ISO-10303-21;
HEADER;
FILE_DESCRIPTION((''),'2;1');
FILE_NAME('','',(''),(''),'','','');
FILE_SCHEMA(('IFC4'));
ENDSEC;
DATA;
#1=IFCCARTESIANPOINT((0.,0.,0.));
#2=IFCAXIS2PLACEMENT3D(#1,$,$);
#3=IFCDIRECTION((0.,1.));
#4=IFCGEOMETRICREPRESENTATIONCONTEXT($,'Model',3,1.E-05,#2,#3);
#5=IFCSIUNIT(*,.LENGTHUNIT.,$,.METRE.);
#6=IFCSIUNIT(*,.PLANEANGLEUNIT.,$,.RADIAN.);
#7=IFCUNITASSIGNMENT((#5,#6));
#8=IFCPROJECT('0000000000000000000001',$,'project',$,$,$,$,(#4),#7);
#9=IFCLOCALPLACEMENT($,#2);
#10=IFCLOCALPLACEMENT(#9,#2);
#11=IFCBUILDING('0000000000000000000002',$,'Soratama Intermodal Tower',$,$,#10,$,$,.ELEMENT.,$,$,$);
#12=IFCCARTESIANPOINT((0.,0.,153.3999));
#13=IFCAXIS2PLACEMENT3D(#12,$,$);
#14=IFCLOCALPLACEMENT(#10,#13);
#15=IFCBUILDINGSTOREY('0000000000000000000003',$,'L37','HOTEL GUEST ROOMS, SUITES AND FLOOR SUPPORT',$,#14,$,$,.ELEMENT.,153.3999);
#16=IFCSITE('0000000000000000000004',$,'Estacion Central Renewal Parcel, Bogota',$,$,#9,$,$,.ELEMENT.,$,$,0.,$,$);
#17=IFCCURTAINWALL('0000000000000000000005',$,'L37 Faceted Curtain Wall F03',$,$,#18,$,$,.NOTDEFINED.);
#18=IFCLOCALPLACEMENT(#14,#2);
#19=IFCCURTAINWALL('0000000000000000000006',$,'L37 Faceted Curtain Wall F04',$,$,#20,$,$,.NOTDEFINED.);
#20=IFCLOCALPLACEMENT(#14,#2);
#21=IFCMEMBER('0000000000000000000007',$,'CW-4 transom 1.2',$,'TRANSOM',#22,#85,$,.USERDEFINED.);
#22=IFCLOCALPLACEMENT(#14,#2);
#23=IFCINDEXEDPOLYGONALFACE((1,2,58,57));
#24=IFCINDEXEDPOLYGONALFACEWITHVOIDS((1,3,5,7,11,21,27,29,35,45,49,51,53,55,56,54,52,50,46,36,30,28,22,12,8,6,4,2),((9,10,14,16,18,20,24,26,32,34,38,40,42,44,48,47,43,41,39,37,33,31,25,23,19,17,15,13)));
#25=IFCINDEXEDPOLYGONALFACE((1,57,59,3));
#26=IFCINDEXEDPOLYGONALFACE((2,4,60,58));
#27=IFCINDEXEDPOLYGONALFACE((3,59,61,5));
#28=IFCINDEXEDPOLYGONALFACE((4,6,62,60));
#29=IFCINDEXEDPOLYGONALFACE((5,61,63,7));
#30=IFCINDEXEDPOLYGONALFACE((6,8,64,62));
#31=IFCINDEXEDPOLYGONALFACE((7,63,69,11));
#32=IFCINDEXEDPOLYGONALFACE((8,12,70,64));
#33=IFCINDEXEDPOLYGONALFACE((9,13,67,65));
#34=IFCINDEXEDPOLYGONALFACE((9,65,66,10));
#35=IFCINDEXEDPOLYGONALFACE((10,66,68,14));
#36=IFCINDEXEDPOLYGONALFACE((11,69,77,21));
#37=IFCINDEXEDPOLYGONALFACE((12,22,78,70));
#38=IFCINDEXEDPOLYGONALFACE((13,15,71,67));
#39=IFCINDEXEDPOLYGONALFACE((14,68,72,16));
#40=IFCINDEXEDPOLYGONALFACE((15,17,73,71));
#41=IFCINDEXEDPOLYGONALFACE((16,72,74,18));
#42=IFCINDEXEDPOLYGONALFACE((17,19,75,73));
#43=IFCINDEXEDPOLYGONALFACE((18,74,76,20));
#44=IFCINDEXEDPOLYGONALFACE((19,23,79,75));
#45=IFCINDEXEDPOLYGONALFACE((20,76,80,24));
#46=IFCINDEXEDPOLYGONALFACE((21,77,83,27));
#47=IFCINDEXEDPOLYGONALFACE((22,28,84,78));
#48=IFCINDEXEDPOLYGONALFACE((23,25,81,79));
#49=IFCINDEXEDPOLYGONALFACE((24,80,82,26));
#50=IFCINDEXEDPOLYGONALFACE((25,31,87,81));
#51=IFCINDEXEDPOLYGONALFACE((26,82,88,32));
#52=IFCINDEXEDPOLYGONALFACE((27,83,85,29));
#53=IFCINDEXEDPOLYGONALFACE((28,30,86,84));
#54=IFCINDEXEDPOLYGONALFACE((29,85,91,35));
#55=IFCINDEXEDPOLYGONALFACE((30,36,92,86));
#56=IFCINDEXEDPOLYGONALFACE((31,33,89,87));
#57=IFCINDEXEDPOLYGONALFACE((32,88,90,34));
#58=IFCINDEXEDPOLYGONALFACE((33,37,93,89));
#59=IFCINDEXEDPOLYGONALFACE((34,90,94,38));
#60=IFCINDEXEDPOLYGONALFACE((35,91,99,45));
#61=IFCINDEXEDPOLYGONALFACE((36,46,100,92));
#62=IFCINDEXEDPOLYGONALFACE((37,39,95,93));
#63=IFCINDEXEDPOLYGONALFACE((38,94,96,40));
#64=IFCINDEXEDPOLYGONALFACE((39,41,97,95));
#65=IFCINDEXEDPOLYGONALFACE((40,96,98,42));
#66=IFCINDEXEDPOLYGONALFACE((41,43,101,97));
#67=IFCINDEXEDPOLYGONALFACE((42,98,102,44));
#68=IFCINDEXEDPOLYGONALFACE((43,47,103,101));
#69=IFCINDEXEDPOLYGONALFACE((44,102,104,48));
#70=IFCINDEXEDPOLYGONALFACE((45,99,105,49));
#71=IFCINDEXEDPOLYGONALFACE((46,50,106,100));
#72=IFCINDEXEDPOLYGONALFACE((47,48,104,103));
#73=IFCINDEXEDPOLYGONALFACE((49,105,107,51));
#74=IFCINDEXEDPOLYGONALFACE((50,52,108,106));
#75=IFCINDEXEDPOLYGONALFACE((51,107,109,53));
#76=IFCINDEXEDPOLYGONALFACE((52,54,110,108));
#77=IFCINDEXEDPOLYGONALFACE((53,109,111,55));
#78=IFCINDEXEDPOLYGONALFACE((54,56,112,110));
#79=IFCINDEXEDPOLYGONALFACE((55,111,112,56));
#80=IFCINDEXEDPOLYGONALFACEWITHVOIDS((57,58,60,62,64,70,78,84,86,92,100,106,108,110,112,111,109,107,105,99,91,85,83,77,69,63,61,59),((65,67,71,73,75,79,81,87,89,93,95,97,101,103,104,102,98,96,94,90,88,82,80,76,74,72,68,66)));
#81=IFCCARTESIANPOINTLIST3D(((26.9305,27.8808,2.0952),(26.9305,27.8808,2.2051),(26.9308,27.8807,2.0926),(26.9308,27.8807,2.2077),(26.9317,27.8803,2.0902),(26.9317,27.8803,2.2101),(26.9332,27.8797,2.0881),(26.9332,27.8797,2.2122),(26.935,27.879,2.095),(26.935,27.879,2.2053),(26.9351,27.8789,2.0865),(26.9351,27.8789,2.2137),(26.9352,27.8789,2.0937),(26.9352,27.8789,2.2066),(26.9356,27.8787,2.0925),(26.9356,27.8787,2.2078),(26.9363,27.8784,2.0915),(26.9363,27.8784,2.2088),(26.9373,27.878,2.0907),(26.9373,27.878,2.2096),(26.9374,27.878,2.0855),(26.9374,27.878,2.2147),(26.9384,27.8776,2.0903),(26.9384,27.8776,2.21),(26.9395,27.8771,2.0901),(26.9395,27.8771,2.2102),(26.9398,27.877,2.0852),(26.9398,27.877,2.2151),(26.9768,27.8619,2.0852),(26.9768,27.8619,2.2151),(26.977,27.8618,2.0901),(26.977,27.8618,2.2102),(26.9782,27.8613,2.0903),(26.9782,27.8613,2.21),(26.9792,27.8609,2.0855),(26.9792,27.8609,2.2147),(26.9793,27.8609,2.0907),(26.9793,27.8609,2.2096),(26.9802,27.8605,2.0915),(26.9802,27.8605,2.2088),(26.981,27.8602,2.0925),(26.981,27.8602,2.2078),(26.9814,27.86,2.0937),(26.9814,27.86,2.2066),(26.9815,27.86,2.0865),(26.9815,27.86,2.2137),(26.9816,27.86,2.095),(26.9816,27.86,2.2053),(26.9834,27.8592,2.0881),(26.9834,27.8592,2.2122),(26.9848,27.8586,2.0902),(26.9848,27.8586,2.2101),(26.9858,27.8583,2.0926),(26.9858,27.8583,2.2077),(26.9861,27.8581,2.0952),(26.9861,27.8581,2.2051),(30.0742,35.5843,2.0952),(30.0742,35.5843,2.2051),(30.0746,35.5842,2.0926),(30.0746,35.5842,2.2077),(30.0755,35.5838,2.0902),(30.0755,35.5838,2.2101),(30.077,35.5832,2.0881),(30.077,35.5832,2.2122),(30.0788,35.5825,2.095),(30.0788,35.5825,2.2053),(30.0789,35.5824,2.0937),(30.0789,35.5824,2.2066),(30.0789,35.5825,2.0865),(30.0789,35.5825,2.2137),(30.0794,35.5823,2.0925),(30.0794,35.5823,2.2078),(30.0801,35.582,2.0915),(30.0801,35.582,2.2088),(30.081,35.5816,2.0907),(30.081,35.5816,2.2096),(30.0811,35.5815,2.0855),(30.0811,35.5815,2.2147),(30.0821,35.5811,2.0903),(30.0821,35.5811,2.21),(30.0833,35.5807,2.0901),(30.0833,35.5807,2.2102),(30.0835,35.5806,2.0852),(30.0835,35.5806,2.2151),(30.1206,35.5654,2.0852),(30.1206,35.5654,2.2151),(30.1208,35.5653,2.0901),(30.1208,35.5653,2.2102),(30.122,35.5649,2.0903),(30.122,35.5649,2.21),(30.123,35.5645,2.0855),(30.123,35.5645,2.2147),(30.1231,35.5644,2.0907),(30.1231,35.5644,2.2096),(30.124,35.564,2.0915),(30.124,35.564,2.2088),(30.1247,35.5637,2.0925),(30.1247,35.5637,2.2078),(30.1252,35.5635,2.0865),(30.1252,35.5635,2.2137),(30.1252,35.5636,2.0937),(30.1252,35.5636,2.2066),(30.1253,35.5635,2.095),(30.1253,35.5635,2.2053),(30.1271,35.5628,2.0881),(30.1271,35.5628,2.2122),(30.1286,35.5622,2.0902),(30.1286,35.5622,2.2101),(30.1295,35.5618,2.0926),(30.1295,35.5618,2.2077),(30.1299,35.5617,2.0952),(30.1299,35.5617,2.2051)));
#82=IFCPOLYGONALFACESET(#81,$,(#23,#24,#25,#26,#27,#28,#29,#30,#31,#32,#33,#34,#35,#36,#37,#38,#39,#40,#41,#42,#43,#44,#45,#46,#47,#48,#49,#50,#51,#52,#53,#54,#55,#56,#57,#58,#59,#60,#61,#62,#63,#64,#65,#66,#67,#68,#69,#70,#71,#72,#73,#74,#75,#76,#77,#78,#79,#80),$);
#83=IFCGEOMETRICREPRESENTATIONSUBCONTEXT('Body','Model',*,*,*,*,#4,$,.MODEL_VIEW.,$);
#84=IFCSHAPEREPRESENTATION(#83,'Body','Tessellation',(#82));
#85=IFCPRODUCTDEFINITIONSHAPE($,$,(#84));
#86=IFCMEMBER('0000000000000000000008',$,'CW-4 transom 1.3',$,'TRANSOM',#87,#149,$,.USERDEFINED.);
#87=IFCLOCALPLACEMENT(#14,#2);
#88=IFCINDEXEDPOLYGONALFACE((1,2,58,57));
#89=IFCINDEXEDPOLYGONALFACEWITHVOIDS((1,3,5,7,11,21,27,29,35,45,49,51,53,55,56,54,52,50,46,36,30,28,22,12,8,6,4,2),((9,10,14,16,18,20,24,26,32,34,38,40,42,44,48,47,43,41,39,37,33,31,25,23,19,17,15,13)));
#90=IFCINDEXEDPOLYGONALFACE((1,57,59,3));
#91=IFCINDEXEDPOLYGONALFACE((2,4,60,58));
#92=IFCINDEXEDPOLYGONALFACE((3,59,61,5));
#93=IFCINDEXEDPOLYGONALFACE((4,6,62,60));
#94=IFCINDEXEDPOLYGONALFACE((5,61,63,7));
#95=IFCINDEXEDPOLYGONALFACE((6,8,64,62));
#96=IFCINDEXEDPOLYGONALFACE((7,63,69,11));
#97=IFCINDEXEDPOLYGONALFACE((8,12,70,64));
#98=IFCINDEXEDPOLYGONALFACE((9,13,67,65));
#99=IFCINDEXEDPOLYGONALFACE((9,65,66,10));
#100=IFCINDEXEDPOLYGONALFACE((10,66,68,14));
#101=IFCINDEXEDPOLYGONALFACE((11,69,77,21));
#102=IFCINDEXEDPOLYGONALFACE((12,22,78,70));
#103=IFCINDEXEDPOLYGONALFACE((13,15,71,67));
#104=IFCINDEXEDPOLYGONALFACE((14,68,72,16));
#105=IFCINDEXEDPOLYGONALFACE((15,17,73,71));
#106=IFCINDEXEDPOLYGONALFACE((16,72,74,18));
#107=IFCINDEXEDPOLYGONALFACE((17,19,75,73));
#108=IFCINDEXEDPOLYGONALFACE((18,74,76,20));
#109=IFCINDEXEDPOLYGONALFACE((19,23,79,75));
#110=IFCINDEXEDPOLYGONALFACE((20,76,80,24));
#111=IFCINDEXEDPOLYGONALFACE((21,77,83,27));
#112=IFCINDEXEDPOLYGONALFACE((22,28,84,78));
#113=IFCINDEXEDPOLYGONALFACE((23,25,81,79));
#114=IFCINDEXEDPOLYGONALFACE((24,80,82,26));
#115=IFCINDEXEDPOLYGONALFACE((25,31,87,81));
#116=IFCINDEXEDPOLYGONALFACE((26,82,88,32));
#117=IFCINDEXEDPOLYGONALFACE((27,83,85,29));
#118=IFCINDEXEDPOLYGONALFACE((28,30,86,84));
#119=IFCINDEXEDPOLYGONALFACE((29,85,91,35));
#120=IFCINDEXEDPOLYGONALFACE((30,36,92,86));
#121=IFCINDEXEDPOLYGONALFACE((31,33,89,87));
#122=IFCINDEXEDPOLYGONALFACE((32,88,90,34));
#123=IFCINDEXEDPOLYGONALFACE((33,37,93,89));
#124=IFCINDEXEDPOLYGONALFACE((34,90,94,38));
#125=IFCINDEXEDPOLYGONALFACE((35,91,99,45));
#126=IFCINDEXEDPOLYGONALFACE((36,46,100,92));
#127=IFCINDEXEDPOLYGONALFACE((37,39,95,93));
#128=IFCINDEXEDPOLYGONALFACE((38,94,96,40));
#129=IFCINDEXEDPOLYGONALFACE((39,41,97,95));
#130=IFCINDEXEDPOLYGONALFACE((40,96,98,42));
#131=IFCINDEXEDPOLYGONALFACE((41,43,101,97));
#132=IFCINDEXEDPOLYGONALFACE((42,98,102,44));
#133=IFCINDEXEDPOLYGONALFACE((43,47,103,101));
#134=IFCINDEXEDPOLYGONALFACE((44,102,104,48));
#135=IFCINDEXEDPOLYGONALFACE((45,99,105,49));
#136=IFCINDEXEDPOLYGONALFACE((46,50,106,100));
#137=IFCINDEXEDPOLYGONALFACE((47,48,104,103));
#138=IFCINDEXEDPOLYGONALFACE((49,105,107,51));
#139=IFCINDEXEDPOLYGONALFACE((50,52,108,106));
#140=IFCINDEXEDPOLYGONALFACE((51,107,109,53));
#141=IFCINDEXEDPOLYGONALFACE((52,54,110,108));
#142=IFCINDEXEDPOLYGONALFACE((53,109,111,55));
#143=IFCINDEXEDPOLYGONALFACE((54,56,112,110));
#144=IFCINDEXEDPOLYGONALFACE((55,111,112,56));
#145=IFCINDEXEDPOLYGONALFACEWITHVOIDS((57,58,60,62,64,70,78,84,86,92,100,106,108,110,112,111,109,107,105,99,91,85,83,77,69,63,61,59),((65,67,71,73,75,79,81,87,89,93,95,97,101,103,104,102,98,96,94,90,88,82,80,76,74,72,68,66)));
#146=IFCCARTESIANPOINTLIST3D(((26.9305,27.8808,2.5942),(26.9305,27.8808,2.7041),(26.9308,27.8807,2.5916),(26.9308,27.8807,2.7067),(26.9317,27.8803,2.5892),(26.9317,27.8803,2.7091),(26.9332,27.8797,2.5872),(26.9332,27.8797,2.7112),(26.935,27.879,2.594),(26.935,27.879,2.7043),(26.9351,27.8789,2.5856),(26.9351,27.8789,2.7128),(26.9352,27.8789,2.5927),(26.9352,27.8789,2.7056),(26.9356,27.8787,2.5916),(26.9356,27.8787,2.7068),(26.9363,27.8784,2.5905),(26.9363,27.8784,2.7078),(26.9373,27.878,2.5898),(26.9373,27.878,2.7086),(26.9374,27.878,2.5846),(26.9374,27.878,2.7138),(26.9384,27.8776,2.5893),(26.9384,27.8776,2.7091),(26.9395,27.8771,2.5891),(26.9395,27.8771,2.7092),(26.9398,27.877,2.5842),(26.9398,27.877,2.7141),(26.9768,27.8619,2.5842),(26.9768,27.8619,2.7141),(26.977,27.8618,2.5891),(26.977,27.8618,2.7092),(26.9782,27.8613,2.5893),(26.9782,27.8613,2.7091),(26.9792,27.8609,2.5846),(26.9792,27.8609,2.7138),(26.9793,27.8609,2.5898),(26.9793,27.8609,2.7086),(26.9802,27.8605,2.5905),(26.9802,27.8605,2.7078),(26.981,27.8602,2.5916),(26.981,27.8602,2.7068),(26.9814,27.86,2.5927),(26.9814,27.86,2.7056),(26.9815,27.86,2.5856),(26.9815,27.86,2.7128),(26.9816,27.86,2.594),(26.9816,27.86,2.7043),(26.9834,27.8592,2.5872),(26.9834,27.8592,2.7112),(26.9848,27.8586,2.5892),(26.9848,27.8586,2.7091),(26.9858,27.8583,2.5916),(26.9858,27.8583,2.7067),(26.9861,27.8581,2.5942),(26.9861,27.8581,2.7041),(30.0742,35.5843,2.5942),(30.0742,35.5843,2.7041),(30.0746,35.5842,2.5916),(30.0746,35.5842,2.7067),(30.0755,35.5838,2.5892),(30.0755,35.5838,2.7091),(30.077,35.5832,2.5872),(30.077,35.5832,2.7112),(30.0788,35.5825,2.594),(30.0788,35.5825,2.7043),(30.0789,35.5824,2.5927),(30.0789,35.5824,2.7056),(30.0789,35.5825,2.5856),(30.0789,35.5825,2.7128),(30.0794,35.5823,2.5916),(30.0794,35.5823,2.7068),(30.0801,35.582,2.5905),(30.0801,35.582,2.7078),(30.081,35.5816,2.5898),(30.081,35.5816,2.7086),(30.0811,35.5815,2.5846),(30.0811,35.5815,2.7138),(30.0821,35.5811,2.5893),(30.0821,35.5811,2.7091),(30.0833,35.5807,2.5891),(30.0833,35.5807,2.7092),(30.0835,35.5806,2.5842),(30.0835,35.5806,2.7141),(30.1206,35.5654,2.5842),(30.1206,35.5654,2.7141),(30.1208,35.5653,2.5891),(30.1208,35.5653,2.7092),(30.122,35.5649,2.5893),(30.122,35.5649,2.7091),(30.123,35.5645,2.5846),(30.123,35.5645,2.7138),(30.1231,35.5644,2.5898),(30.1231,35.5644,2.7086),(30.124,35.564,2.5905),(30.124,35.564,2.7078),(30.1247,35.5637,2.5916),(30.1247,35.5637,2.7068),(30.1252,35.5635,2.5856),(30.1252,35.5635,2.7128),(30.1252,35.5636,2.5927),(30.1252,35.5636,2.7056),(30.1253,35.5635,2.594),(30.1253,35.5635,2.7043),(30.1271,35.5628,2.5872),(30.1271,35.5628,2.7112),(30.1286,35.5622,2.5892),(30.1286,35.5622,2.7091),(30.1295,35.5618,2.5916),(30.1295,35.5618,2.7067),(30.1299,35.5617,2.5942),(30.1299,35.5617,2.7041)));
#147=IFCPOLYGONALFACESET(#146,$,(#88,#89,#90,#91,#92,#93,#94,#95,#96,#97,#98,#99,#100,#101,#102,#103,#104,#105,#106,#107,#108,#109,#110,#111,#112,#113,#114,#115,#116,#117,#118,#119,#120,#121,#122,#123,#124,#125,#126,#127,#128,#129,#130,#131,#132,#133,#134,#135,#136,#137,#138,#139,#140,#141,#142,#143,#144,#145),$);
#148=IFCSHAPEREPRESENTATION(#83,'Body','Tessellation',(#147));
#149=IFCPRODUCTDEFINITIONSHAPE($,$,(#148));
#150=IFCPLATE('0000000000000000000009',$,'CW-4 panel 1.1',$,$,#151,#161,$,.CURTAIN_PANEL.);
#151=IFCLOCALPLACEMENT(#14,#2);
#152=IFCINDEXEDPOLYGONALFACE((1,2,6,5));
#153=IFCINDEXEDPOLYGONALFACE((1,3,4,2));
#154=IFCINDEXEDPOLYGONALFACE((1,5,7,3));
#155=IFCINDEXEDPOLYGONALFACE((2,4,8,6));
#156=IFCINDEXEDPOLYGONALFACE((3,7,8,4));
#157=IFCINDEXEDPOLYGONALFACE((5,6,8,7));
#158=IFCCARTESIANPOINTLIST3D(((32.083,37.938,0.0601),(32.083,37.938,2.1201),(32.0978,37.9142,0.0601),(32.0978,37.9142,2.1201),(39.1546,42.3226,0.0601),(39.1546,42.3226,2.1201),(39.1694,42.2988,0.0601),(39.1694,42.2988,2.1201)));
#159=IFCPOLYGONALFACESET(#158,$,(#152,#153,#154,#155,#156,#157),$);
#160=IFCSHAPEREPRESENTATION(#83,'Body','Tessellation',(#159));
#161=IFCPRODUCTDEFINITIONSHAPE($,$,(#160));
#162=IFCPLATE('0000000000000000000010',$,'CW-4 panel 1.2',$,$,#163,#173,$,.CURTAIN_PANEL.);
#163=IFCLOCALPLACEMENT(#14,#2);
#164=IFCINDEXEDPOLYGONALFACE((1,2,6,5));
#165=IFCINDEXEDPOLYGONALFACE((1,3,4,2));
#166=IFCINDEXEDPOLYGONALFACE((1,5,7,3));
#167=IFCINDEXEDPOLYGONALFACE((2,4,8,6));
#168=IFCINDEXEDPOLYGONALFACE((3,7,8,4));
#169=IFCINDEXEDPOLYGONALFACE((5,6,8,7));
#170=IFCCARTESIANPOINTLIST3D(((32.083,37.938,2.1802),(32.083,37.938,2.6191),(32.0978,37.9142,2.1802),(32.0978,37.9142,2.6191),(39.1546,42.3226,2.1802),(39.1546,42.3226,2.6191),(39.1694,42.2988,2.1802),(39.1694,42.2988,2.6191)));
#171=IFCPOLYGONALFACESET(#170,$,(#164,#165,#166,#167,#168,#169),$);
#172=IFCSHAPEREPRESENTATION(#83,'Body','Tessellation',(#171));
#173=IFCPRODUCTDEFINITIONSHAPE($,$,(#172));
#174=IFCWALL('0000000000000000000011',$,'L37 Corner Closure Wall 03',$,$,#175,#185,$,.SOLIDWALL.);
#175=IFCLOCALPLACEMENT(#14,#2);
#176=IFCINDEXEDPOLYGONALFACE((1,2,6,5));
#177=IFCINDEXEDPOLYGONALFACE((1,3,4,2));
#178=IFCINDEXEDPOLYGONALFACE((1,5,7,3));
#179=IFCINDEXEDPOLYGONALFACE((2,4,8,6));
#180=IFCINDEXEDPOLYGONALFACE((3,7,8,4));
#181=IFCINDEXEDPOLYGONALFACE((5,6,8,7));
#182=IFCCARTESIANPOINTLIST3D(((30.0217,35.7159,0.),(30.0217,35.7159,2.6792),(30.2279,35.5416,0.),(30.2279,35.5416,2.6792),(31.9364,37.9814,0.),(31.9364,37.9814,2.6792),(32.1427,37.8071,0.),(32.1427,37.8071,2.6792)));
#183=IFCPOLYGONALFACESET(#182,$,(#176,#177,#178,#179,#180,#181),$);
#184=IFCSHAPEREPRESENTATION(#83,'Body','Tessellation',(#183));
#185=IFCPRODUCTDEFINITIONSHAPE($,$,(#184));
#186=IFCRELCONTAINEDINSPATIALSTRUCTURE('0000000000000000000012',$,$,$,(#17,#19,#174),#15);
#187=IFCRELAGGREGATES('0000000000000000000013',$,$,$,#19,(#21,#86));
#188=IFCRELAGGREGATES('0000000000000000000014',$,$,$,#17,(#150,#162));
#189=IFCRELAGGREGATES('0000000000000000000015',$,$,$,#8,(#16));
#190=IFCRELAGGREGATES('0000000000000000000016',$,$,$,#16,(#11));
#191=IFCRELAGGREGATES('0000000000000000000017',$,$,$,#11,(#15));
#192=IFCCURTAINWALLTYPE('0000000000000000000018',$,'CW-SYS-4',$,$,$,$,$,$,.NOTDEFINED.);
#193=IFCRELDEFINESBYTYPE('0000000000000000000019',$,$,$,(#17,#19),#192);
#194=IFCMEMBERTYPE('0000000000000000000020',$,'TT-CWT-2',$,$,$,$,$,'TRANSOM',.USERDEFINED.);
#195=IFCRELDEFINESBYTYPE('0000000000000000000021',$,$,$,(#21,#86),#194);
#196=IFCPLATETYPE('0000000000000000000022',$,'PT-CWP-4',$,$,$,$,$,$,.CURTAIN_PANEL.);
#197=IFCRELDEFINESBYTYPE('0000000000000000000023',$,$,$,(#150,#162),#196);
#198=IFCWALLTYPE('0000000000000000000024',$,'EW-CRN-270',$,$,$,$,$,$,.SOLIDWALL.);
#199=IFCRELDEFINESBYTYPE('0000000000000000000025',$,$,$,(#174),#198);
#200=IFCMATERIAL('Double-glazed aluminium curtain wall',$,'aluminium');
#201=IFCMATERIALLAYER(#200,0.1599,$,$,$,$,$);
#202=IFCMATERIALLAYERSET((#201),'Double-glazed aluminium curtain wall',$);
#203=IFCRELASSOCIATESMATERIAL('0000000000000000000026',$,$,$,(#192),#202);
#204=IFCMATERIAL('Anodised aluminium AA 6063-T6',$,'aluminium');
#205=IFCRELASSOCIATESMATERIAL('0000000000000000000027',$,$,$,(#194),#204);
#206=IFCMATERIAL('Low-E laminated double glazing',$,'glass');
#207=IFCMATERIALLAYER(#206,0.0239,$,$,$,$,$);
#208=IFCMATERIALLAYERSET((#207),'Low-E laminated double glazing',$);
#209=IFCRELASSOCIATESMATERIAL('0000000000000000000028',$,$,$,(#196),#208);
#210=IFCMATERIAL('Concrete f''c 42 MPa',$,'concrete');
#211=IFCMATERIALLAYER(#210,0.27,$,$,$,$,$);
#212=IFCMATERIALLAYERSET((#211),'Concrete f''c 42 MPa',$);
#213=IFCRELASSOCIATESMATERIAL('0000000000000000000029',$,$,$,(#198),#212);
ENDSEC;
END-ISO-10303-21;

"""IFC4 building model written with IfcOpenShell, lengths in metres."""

from ifc_helpers import new_model, si_unit, direction, frame, frame_2d, origin, origin_2d, place, context, subcontext, project, spatial, rectangle, hollow_rectangle, extrude, material, layer, layer_set, material_profile, profile_set, type_object, element, aggregate, save


model = new_model("IFC4")

# Units and contexts
model_context = context("Model", 3, precision=1e-05, world=origin(), true_north=direction((0.0, 1.0)))
body_context = subcontext(model_context, "Body", "Model", "MODEL_VIEW")
ifc_project = project(units=[si_unit("LENGTHUNIT", "METRE"), si_unit("PLANEANGLEUNIT", "RADIAN")], contexts=[model_context])

# Site, building, storey
site_placement = place(None, origin())
site = spatial("IfcSite", under=ifc_project, at=site_placement, Name="Estacion Central Renewal Parcel, Bogota", CompositionType="ELEMENT", RefElevation=0.0)
building_placement = place(site_placement, origin())
building = spatial("IfcBuilding", under=site, at=building_placement, Name="Soratama Intermodal Tower", CompositionType="ELEMENT")
storey_placement = place(building_placement, frame((0.0, 0.0, 153.3999)))
storey = spatial("IfcBuildingStorey", under=building, at=storey_placement, Name="L37", Description="HOTEL GUEST ROOMS, SUITES AND FLOOR SUPPORT", CompositionType="ELEMENT", Elevation=153.3999)

# Curtain wall
ifc_material_1 = material(Name="Double-glazed aluminium curtain wall", Category="aluminium")
ifc_layer_1 = layer(ifc_material_1, 0.1599)
ifc_layer_set_1 = layer_set([ifc_layer_1], Name="Double-glazed aluminium curtain wall")
curtain_wall_type = type_object("IfcCurtainWallType", Name="CW-SYS-4", PredefinedType="NOTDEFINED", material=ifc_layer_set_1)
curtain_wall_1_placement = place(storey_placement, origin())
curtain_wall_1 = element("IfcCurtainWall", 1, at=curtain_wall_1_placement, inside=storey, type_object=curtain_wall_type, Name="L37 Faceted Curtain Wall F03", PredefinedType="NOTDEFINED")

# Curtain wall
curtain_wall_2_placement = place(storey_placement, origin())
curtain_wall_2 = element("IfcCurtainWall", 2, at=curtain_wall_2_placement, inside=storey, type_object=curtain_wall_type, Name="L37 Faceted Curtain Wall F04", PredefinedType="NOTDEFINED")

# Members
ifc_material_2 = material(Name="Anodised aluminium AA 6063-T6", Category="aluminium")
ifc_material_profile_1 = material_profile(ifc_material_2, hollow_rectangle(XDim=0.0601, YDim=0.1299, WallThickness=0.0049, InnerFilletRadius=0.0049, OuterFilletRadius=0.01, at=origin_2d()), Name="CWT130X60X5")
ifc_profile_set_1 = profile_set([ifc_material_profile_1], Name="Anodised aluminium AA 6063-T6")
member_type_1 = type_object("IfcMemberType", Name="TT-CWT-2", ElementType="TRANSOM", PredefinedType="USERDEFINED", material=ifc_profile_set_1)
member_1_placement = place(storey_placement, frame((30.1021, 35.573, 2.1501), z_axis=(-0.377842, -0.92587, 0.0), x_axis=(0.92587, -0.377842, 0.0)))
member_1 = element("IfcMember", 3, at=member_1_placement, type_object=member_type_1, Name="CW-4 transom 1.2", ObjectType="TRANSOM", PredefinedType="USERDEFINED", context=body_context, shape_type="SweptSolid", body=[
    extrude(hollow_rectangle(XDim=0.0601, YDim=0.1299, WallThickness=0.0049, InnerFilletRadius=0.0049, OuterFilletRadius=0.01, at=origin_2d()), origin(), (0.0, 0.0, 1.0), 8.3203),
])
member_2_placement = place(storey_placement, frame((30.1021, 35.573, 2.6492), z_axis=(-0.377842, -0.92587, 0.0), x_axis=(0.92587, -0.377842, 0.0)))
member_2 = element("IfcMember", 4, at=member_2_placement, type_object=member_type_1, Name="CW-4 transom 1.3", ObjectType="TRANSOM", PredefinedType="USERDEFINED", context=body_context, shape_type="SweptSolid", body=[
    extrude(hollow_rectangle(XDim=0.0601, YDim=0.1299, WallThickness=0.0049, InnerFilletRadius=0.0049, OuterFilletRadius=0.01, at=origin_2d()), origin(), (0.0, 0.0, 1.0), 8.3203),
])
aggregate(curtain_wall_2, [member_1, member_2])

# Plates
ifc_material_3 = material(Name="Low-E laminated double glazing", Category="glass")
ifc_layer_2 = layer(ifc_material_3, 0.0239)
ifc_layer_set_2 = layer_set([ifc_layer_2], Name="Low-E laminated double glazing")
plate_type = type_object("IfcPlateType", Name="PT-CWP-4", PredefinedType="CURTAIN_PANEL", material=ifc_layer_set_2)
plate_1_placement = place(storey_placement, frame((35.6262, 40.1184, 0.0601), z_axis=(0.0, 0.0, 1.0), x_axis=(-0.84989, -0.526959, 0.0)))
plate_1 = element("IfcPlate", 5, at=plate_1_placement, type_object=plate_type, Name="CW-4 panel 1.1", PredefinedType="CURTAIN_PANEL", context=body_context, shape_type="SweptSolid", body=[
    extrude(rectangle(XDim=8.3206, YDim=0.0281, at=origin_2d()), origin(), (0.0, 0.0, 1.0), 2.0601),
])
plate_2_placement = place(storey_placement, frame((35.6262, 40.1184, 2.1802), z_axis=(0.0, 0.0, 1.0), x_axis=(-0.84989, -0.526959, 0.0)))
plate_2 = element("IfcPlate", 6, at=plate_2_placement, type_object=plate_type, Name="CW-4 panel 1.2", PredefinedType="CURTAIN_PANEL", context=body_context, shape_type="SweptSolid", body=[
    extrude(rectangle(XDim=8.3206, YDim=0.0281, at=origin_2d()), origin(), (0.0, 0.0, 1.0), 0.439),
])
aggregate(curtain_wall_1, [plate_1, plate_2])

# Wall
ifc_material_4 = material(Name="Concrete f'c 42 MPa", Category="concrete")
ifc_layer_3 = layer(ifc_material_4, 0.27)
ifc_layer_set_3 = layer_set([ifc_layer_3], Name="Concrete f'c 42 MPa")
wall_type_1 = type_object("IfcWallType", Name="EW-CRN-270", PredefinedType="SOLIDWALL", material=ifc_layer_set_3)
wall_1_placement = place(storey_placement, frame((32.0396, 37.8943, 0.0), z_axis=(0.0, 0.0, 1.0), x_axis=(-0.645496, -0.763764, 0.0)))
element("IfcWall", 7, at=wall_1_placement, inside=storey, type_object=wall_type_1, Name="L37 Corner Closure Wall 03", PredefinedType="SOLIDWALL", context=body_context, shape_type="SweptSolid", body=[
    extrude(rectangle(XDim=2.9663, YDim=0.27, at=frame_2d((1.4832, 0.0))), origin(), (0.0, 0.0, 1.0), 2.6792),
])

save(model, "model.ifc")
